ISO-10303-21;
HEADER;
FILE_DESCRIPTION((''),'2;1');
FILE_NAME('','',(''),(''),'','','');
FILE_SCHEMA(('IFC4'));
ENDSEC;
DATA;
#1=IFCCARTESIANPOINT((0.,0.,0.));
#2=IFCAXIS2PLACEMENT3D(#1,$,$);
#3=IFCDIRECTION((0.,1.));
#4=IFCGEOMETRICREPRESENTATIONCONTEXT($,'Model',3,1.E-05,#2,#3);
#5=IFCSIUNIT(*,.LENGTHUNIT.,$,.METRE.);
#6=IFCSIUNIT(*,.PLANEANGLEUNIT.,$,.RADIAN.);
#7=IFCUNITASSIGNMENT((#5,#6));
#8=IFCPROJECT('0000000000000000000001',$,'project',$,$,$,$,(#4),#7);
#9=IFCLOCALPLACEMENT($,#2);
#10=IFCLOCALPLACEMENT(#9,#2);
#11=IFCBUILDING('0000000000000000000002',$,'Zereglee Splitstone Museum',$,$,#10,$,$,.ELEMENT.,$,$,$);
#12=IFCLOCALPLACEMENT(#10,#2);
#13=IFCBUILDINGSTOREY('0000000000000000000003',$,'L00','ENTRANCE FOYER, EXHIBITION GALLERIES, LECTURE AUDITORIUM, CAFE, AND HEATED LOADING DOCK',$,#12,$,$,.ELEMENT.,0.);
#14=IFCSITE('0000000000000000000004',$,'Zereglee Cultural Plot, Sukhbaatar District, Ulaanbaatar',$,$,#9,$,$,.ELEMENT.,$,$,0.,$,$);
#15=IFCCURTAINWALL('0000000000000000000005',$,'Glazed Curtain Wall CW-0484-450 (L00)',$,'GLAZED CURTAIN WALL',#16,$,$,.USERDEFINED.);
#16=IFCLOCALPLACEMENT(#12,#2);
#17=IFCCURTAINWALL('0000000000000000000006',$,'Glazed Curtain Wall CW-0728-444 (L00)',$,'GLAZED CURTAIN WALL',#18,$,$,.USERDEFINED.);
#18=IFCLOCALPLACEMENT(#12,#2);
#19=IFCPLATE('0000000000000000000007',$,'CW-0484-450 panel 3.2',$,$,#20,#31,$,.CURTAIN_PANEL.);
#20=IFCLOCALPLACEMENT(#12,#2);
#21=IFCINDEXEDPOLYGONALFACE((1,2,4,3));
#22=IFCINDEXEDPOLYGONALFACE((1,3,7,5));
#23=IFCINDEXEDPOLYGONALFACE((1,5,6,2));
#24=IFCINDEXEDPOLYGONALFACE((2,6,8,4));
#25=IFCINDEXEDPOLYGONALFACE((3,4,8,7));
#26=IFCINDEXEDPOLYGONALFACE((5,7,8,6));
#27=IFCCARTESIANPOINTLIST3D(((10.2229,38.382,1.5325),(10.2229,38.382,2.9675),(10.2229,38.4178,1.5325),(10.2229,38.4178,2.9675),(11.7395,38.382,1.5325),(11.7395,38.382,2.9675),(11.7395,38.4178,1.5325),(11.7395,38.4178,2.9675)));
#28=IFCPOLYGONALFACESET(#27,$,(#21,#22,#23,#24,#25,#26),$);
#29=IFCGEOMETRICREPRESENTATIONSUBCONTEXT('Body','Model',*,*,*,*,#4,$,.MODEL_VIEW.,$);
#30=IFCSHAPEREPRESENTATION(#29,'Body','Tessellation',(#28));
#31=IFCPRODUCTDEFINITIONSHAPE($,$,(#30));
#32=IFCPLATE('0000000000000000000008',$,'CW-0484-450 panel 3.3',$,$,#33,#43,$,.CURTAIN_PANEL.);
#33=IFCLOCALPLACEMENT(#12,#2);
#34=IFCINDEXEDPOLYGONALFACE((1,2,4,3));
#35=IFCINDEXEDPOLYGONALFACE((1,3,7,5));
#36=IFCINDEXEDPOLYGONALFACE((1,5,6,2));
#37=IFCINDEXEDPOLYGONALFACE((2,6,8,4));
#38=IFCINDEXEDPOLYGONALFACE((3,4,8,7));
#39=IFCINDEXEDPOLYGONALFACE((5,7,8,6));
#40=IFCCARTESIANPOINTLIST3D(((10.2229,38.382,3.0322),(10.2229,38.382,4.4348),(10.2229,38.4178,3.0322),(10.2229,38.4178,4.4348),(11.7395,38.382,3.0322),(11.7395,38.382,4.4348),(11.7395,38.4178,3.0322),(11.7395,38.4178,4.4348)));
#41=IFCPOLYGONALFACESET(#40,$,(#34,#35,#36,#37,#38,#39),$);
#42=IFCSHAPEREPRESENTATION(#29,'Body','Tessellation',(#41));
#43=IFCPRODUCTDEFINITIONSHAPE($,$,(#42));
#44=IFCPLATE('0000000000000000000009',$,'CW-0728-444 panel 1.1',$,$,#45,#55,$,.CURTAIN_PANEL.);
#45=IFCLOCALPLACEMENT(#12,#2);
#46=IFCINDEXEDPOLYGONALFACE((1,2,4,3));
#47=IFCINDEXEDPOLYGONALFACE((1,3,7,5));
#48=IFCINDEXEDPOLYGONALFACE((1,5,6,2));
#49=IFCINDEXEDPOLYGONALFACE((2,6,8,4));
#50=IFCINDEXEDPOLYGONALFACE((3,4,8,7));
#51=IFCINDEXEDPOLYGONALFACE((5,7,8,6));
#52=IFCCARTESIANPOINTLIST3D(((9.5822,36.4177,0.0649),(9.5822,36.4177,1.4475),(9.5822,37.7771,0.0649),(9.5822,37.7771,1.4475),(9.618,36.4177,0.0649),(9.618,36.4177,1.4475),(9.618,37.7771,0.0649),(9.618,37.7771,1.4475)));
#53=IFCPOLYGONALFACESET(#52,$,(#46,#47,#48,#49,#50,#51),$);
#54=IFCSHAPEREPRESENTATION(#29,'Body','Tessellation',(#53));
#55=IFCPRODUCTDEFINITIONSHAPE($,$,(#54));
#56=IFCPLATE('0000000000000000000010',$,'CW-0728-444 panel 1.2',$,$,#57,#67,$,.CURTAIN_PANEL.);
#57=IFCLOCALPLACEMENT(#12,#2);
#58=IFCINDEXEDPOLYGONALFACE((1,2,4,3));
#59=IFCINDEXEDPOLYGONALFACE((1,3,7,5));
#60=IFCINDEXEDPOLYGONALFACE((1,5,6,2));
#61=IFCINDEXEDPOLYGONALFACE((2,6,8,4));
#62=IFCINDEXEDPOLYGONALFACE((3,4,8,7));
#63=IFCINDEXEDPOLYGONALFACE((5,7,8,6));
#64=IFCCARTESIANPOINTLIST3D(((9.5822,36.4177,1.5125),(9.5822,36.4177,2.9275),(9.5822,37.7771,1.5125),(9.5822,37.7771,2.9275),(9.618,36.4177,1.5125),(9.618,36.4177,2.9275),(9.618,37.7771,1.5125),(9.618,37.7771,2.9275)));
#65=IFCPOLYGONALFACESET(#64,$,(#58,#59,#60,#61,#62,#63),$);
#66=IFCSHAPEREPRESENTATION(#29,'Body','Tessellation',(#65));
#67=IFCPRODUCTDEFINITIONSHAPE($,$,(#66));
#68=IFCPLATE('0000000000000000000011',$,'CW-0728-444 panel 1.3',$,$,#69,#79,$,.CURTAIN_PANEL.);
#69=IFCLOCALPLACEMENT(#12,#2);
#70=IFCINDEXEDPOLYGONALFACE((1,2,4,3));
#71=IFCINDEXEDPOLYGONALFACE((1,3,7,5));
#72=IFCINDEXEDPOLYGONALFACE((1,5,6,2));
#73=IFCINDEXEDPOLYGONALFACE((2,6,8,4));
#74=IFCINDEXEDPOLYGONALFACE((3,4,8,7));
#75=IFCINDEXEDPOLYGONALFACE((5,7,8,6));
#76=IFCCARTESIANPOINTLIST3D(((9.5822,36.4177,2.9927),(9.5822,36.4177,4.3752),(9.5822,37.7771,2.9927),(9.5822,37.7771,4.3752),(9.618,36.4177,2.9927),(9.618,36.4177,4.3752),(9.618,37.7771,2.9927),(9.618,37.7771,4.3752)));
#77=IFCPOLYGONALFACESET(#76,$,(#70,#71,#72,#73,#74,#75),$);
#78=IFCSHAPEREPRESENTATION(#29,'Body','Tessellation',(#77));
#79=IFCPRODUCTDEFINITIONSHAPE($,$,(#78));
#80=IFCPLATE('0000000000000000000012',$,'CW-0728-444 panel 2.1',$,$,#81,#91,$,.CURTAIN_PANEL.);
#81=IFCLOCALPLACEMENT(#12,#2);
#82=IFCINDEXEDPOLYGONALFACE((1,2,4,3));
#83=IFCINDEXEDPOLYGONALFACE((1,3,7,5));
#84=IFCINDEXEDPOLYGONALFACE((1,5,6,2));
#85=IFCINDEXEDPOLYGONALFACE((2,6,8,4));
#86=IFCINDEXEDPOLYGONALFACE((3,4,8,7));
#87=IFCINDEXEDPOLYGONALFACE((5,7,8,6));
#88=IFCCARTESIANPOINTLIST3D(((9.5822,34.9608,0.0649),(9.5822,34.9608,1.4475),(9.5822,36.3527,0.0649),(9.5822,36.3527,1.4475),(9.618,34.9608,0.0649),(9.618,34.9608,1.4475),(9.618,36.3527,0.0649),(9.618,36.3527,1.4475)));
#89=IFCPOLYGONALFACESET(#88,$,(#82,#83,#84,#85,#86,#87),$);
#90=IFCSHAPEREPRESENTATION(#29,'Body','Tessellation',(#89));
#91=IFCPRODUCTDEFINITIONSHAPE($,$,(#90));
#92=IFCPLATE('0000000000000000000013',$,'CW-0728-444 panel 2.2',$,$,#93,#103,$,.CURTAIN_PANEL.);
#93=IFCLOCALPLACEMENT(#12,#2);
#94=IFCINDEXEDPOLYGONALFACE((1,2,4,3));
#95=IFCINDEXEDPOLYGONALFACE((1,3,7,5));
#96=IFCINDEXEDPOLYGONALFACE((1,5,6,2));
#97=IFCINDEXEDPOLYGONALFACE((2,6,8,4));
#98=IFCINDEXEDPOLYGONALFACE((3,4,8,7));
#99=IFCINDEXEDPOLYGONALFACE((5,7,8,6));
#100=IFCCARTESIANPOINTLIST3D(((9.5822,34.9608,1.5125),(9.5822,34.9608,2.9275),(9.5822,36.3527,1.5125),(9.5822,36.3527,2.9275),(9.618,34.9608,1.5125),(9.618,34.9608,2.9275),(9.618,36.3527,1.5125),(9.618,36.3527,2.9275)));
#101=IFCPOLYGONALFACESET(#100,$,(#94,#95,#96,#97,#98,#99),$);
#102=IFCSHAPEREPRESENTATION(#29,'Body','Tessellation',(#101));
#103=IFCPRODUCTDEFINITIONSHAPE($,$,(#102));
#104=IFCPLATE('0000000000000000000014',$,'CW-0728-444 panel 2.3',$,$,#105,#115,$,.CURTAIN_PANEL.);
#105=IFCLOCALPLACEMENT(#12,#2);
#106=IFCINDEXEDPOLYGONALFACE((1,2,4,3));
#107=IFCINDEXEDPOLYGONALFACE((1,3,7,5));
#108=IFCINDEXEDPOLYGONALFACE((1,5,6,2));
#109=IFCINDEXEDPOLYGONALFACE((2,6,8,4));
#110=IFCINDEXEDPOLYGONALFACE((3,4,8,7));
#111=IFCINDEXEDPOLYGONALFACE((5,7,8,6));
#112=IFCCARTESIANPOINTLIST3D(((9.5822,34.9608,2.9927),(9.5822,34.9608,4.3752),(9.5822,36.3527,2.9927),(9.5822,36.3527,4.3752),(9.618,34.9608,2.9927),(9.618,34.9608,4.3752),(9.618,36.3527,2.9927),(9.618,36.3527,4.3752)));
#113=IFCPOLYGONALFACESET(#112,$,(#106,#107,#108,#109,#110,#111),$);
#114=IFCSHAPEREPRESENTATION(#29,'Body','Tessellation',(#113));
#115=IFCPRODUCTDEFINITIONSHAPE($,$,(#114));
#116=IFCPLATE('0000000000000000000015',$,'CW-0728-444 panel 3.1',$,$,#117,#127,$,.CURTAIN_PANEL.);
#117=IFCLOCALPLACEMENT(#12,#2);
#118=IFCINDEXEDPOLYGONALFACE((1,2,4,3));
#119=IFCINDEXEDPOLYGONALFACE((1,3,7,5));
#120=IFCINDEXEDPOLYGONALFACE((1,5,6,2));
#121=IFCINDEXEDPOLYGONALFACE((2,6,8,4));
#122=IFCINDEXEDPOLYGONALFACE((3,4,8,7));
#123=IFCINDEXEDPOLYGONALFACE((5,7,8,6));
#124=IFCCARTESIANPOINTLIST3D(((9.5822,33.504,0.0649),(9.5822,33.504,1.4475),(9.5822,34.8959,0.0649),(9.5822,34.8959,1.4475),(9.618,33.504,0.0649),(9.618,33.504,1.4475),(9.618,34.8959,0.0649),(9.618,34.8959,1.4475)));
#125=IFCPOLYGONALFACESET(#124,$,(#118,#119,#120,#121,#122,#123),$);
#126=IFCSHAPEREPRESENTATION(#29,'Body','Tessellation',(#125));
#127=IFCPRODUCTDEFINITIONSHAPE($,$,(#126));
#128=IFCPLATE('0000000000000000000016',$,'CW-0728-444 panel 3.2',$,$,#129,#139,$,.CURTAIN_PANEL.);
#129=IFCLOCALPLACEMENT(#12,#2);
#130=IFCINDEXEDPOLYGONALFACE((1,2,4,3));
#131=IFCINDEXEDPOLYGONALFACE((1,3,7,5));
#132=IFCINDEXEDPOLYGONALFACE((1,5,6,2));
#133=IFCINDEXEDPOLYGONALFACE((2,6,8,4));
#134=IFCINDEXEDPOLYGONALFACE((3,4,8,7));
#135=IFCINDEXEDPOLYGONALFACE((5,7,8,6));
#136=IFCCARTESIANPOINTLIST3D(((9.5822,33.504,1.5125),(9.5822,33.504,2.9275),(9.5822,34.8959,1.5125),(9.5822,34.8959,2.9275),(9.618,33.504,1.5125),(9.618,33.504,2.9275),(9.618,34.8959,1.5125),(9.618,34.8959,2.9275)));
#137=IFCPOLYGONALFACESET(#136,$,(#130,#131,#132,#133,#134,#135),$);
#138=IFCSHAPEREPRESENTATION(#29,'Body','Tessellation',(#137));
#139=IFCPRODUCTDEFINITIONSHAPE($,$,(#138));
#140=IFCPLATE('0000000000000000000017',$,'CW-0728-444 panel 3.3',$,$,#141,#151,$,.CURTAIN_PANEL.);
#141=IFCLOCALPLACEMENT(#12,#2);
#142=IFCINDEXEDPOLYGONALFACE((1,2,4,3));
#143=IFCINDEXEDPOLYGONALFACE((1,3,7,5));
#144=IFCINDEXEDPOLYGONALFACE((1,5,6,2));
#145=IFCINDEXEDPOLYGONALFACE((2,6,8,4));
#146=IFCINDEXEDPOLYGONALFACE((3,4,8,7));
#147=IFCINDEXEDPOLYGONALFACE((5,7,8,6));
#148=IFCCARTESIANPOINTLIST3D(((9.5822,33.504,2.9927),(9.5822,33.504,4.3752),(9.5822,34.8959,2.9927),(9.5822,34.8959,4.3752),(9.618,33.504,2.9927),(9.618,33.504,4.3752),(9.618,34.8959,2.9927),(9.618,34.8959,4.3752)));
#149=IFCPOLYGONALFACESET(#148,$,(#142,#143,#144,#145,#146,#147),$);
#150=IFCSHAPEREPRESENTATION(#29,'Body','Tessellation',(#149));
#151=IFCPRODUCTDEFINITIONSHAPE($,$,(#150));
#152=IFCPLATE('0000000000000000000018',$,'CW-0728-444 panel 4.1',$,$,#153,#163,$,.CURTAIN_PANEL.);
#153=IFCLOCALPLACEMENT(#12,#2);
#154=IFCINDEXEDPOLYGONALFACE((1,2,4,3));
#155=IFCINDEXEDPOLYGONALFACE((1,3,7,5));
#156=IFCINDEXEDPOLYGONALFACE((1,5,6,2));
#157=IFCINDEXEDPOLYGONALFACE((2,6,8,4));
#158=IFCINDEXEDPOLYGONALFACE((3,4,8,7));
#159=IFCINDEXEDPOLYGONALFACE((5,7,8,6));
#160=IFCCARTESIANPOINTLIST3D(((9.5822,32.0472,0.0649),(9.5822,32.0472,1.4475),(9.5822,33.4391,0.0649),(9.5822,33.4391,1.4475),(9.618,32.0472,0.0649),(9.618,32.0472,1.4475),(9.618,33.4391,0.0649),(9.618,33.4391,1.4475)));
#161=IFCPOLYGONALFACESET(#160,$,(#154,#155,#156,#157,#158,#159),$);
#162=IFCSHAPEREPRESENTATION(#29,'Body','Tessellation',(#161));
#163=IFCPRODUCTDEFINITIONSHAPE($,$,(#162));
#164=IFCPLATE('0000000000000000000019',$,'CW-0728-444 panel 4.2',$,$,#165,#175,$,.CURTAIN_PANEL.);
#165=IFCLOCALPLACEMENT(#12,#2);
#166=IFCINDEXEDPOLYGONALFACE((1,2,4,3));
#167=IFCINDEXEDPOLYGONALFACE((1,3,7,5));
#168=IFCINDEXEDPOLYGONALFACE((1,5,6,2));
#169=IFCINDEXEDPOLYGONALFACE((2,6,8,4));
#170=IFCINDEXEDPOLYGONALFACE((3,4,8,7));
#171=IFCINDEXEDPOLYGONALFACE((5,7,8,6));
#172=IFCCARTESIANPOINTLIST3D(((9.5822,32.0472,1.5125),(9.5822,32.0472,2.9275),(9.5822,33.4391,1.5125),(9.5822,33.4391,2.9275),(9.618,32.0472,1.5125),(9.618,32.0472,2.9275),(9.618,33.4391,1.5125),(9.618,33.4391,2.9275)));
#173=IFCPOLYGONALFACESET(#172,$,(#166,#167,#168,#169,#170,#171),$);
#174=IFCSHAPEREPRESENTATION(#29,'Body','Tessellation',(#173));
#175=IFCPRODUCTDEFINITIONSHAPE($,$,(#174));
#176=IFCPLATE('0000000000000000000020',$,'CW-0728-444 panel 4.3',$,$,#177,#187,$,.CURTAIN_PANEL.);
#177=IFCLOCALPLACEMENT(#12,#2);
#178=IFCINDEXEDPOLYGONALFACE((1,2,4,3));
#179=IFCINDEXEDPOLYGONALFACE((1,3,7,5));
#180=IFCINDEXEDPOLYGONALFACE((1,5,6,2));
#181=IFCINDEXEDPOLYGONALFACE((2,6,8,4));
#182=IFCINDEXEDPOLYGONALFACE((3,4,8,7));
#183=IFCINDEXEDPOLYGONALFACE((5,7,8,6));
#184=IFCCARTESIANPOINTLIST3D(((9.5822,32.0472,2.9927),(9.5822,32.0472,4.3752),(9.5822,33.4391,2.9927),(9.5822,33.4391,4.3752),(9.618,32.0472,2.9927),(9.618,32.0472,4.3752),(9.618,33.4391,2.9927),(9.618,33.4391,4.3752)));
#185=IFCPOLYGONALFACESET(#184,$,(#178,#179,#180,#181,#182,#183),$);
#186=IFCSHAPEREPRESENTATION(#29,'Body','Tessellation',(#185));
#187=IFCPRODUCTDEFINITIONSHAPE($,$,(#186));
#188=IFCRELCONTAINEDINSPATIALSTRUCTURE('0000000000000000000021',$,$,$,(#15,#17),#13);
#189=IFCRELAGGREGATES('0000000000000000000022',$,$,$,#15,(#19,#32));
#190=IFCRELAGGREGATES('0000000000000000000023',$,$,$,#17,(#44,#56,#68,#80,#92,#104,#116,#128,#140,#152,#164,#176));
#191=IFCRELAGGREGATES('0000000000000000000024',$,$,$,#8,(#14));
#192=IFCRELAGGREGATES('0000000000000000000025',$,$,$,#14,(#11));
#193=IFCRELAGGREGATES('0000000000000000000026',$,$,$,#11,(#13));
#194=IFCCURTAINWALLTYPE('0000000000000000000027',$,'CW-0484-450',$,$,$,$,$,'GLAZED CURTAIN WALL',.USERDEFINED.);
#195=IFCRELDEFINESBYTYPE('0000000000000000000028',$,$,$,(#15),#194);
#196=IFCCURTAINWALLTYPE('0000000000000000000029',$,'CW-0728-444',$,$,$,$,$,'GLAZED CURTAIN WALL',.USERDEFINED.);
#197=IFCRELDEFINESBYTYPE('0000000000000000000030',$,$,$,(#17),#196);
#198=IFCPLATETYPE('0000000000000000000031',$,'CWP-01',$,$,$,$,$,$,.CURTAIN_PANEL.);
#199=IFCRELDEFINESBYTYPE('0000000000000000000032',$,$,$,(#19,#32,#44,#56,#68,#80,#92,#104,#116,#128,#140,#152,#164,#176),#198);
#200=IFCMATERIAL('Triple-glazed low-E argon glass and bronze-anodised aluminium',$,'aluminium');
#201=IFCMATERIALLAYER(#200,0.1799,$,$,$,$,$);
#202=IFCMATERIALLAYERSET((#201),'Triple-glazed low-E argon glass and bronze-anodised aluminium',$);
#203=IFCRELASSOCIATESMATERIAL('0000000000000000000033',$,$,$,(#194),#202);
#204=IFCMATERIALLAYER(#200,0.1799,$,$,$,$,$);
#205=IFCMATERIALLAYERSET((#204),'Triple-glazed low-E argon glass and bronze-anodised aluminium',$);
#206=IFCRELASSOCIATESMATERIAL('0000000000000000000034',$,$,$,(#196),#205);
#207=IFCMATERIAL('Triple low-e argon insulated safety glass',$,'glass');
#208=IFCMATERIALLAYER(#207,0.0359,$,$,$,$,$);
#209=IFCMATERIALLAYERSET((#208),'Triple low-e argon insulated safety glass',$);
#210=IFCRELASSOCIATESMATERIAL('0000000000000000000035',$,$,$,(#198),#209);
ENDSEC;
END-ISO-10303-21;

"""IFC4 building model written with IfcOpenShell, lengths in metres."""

from ifc_helpers import new_model, si_unit, direction, frame, origin, origin_2d, place, context, subcontext, project, spatial, rectangle, extrude, material, layer, layer_set, type_object, element, aggregate, save


model = new_model("IFC4")

# Units and contexts
model_context = context("Model", 3, precision=1e-05, world=origin(), true_north=direction((0.0, 1.0)))
body_context = subcontext(model_context, "Body", "Model", "MODEL_VIEW")
ifc_project = project(units=[si_unit("LENGTHUNIT", "METRE"), si_unit("PLANEANGLEUNIT", "RADIAN")], contexts=[model_context])

# Site, building, storey
site_placement = place(None, origin())
site = spatial("IfcSite", under=ifc_project, at=site_placement, Name="Zereglee Cultural Plot, Sukhbaatar District, Ulaanbaatar", CompositionType="ELEMENT", RefElevation=0.0)
building_placement = place(site_placement, origin())
building = spatial("IfcBuilding", under=site, at=building_placement, Name="Zereglee Splitstone Museum", CompositionType="ELEMENT")
storey_placement = place(building_placement, origin())
storey = spatial("IfcBuildingStorey", under=building, at=storey_placement, Name="L00", Description="ENTRANCE FOYER, EXHIBITION GALLERIES, LECTURE AUDITORIUM, CAFE, AND HEATED LOADING DOCK", CompositionType="ELEMENT", Elevation=0.0)

# Curtain wall
ifc_material_1 = material(Name="Triple-glazed low-E argon glass and bronze-anodised aluminium", Category="aluminium")
ifc_layer_1 = layer(ifc_material_1, 0.1799)
ifc_layer_set_1 = layer_set([ifc_layer_1], Name="Triple-glazed low-E argon glass and bronze-anodised aluminium")
curtain_wall_type_1 = type_object("IfcCurtainWallType", Name="CW-0484-450", ElementType="GLAZED CURTAIN WALL", PredefinedType="USERDEFINED", material=ifc_layer_set_1)
curtain_wall_1_placement = place(storey_placement, origin())
curtain_wall_1 = element("IfcCurtainWall", 1, at=curtain_wall_1_placement, inside=storey, type_object=curtain_wall_type_1, Name="Glazed Curtain Wall CW-0484-450 (L00)", ObjectType="GLAZED CURTAIN WALL", PredefinedType="USERDEFINED")

# Curtain wall
ifc_layer_2 = layer(ifc_material_1, 0.1799)
ifc_layer_set_2 = layer_set([ifc_layer_2], Name="Triple-glazed low-E argon glass and bronze-anodised aluminium")
curtain_wall_type_2 = type_object("IfcCurtainWallType", Name="CW-0728-444", ElementType="GLAZED CURTAIN WALL", PredefinedType="USERDEFINED", material=ifc_layer_set_2)
curtain_wall_2_placement = place(storey_placement, origin())
curtain_wall_2 = element("IfcCurtainWall", 2, at=curtain_wall_2_placement, inside=storey, type_object=curtain_wall_type_2, Name="Glazed Curtain Wall CW-0728-444 (L00)", ObjectType="GLAZED CURTAIN WALL", PredefinedType="USERDEFINED")

# Plates
ifc_material_2 = material(Name="Triple low-e argon insulated safety glass", Category="glass")
ifc_layer_3 = layer(ifc_material_2, 0.0359)
ifc_layer_set_3 = layer_set([ifc_layer_3], Name="Triple low-e argon insulated safety glass")
plate_type = type_object("IfcPlateType", Name="CWP-01", PredefinedType="CURTAIN_PANEL", material=ifc_layer_set_3)
plate_1_placement = place(storey_placement, frame((10.9812, 38.3999, 1.5325), z_axis=(0.0, 0.0, 1.0), x_axis=(-1.0, 0.0, 0.0)))
plate_1 = element("IfcPlate", 3, at=plate_1_placement, type_object=plate_type, Name="CW-0484-450 panel 3.2", PredefinedType="CURTAIN_PANEL", context=body_context, shape_type="SweptSolid", body=[
    extrude(rectangle(XDim=1.5166, YDim=0.0359, at=origin_2d()), origin(), (0.0, 0.0, 1.0), 1.4351),
])
plate_2_placement = place(storey_placement, frame((10.9812, 38.3999, 3.0322), z_axis=(0.0, 0.0, 1.0), x_axis=(-1.0, 0.0, 0.0)))
plate_2 = element("IfcPlate", 4, at=plate_2_placement, type_object=plate_type, Name="CW-0484-450 panel 3.3", PredefinedType="CURTAIN_PANEL", context=body_context, shape_type="SweptSolid", body=[
    extrude(rectangle(XDim=1.5166, YDim=0.0359, at=origin_2d()), origin(), (0.0, 0.0, 1.0), 1.4026),
])
aggregate(curtain_wall_1, [plate_1, plate_2])
plate_3_placement = place(storey_placement, frame((9.6001, 37.0974, 0.0649), z_axis=(0.0, 0.0, 1.0), x_axis=(0.0, -1.0, 0.0)))
plate_3 = element("IfcPlate", 5, at=plate_3_placement, type_object=plate_type, Name="CW-0728-444 panel 1.1", PredefinedType="CURTAIN_PANEL", context=body_context, shape_type="SweptSolid", body=[
    extrude(rectangle(XDim=1.3594, YDim=0.0359, at=origin_2d()), origin(), (0.0, 0.0, 1.0), 1.3826),
])
plate_4_placement = place(storey_placement, frame((9.6001, 37.0974, 1.5125), z_axis=(0.0, 0.0, 1.0), x_axis=(0.0, -1.0, 0.0)))
plate_4 = element("IfcPlate", 6, at=plate_4_placement, type_object=plate_type, Name="CW-0728-444 panel 1.2", PredefinedType="CURTAIN_PANEL", context=body_context, shape_type="SweptSolid", body=[
    extrude(rectangle(XDim=1.3594, YDim=0.0359, at=origin_2d()), origin(), (0.0, 0.0, 1.0), 1.415),
])
plate_5_placement = place(storey_placement, frame((9.6001, 37.0974, 2.9927), z_axis=(0.0, 0.0, 1.0), x_axis=(0.0, -1.0, 0.0)))
plate_5 = element("IfcPlate", 7, at=plate_5_placement, type_object=plate_type, Name="CW-0728-444 panel 1.3", PredefinedType="CURTAIN_PANEL", context=body_context, shape_type="SweptSolid", body=[
    extrude(rectangle(XDim=1.3594, YDim=0.0359, at=origin_2d()), origin(), (0.0, 0.0, 1.0), 1.3826),
])
plate_6_placement = place(storey_placement, frame((9.6001, 35.6567, 0.0649), z_axis=(0.0, 0.0, 1.0), x_axis=(0.0, -1.0, 0.0)))
plate_6 = element("IfcPlate", 8, at=plate_6_placement, type_object=plate_type, Name="CW-0728-444 panel 2.1", PredefinedType="CURTAIN_PANEL", context=body_context, shape_type="SweptSolid", body=[
    extrude(rectangle(XDim=1.3918, YDim=0.0359, at=origin_2d()), origin(), (0.0, 0.0, 1.0), 1.3826),
])
plate_7_placement = place(storey_placement, frame((9.6001, 35.6567, 1.5125), z_axis=(0.0, 0.0, 1.0), x_axis=(0.0, -1.0, 0.0)))
plate_7 = element("IfcPlate", 9, at=plate_7_placement, type_object=plate_type, Name="CW-0728-444 panel 2.2", PredefinedType="CURTAIN_PANEL", context=body_context, shape_type="SweptSolid", body=[
    extrude(rectangle(XDim=1.3918, YDim=0.0359, at=origin_2d()), origin(), (0.0, 0.0, 1.0), 1.415),
])
plate_8_placement = place(storey_placement, frame((9.6001, 35.6567, 2.9927), z_axis=(0.0, 0.0, 1.0), x_axis=(0.0, -1.0, 0.0)))
plate_8 = element("IfcPlate", 10, at=plate_8_placement, type_object=plate_type, Name="CW-0728-444 panel 2.3", PredefinedType="CURTAIN_PANEL", context=body_context, shape_type="SweptSolid", body=[
    extrude(rectangle(XDim=1.3918, YDim=0.0359, at=origin_2d()), origin(), (0.0, 0.0, 1.0), 1.3826),
])
plate_9_placement = place(storey_placement, frame((9.6001, 34.2, 0.0649), z_axis=(0.0, 0.0, 1.0), x_axis=(0.0, -1.0, 0.0)))
plate_9 = element("IfcPlate", 11, at=plate_9_placement, type_object=plate_type, Name="CW-0728-444 panel 3.1", PredefinedType="CURTAIN_PANEL", context=body_context, shape_type="SweptSolid", body=[
    extrude(rectangle(XDim=1.3918, YDim=0.0359, at=origin_2d()), origin(), (0.0, 0.0, 1.0), 1.3826),
])
plate_10_placement = place(storey_placement, frame((9.6001, 34.2, 1.5125), z_axis=(0.0, 0.0, 1.0), x_axis=(0.0, -1.0, 0.0)))
plate_10 = element("IfcPlate", 12, at=plate_10_placement, type_object=plate_type, Name="CW-0728-444 panel 3.2", PredefinedType="CURTAIN_PANEL", context=body_context, shape_type="SweptSolid", body=[
    extrude(rectangle(XDim=1.3918, YDim=0.0359, at=origin_2d()), origin(), (0.0, 0.0, 1.0), 1.415),
])
plate_11_placement = place(storey_placement, frame((9.6001, 34.2, 2.9927), z_axis=(0.0, 0.0, 1.0), x_axis=(0.0, -1.0, 0.0)))
plate_11 = element("IfcPlate", 13, at=plate_11_placement, type_object=plate_type, Name="CW-0728-444 panel 3.3", PredefinedType="CURTAIN_PANEL", context=body_context, shape_type="SweptSolid", body=[
    extrude(rectangle(XDim=1.3918, YDim=0.0359, at=origin_2d()), origin(), (0.0, 0.0, 1.0), 1.3826),
])
plate_12_placement = place(storey_placement, frame((9.6001, 32.7432, 0.0649), z_axis=(0.0, 0.0, 1.0), x_axis=(0.0, -1.0, 0.0)))
plate_12 = element("IfcPlate", 14, at=plate_12_placement, type_object=plate_type, Name="CW-0728-444 panel 4.1", PredefinedType="CURTAIN_PANEL", context=body_context, shape_type="SweptSolid", body=[
    extrude(rectangle(XDim=1.3918, YDim=0.0359, at=origin_2d()), origin(), (0.0, 0.0, 1.0), 1.3826),
])
plate_13_placement = place(storey_placement, frame((9.6001, 32.7432, 1.5125), z_axis=(0.0, 0.0, 1.0), x_axis=(0.0, -1.0, 0.0)))
plate_13 = element("IfcPlate", 15, at=plate_13_placement, type_object=plate_type, Name="CW-0728-444 panel 4.2", PredefinedType="CURTAIN_PANEL", context=body_context, shape_type="SweptSolid", body=[
    extrude(rectangle(XDim=1.3918, YDim=0.0359, at=origin_2d()), origin(), (0.0, 0.0, 1.0), 1.415),
])
plate_14_placement = place(storey_placement, frame((9.6001, 32.7432, 2.9927), z_axis=(0.0, 0.0, 1.0), x_axis=(0.0, -1.0, 0.0)))
plate_14 = element("IfcPlate", 16, at=plate_14_placement, type_object=plate_type, Name="CW-0728-444 panel 4.3", PredefinedType="CURTAIN_PANEL", context=body_context, shape_type="SweptSolid", body=[
    extrude(rectangle(XDim=1.3918, YDim=0.0359, at=origin_2d()), origin(), (0.0, 0.0, 1.0), 1.3826),
])
aggregate(curtain_wall_2, [plate_3, plate_4, plate_5, plate_6, plate_7, plate_8, plate_9, plate_10, plate_11, plate_12, plate_13, plate_14])

save(model, "model.ifc")
